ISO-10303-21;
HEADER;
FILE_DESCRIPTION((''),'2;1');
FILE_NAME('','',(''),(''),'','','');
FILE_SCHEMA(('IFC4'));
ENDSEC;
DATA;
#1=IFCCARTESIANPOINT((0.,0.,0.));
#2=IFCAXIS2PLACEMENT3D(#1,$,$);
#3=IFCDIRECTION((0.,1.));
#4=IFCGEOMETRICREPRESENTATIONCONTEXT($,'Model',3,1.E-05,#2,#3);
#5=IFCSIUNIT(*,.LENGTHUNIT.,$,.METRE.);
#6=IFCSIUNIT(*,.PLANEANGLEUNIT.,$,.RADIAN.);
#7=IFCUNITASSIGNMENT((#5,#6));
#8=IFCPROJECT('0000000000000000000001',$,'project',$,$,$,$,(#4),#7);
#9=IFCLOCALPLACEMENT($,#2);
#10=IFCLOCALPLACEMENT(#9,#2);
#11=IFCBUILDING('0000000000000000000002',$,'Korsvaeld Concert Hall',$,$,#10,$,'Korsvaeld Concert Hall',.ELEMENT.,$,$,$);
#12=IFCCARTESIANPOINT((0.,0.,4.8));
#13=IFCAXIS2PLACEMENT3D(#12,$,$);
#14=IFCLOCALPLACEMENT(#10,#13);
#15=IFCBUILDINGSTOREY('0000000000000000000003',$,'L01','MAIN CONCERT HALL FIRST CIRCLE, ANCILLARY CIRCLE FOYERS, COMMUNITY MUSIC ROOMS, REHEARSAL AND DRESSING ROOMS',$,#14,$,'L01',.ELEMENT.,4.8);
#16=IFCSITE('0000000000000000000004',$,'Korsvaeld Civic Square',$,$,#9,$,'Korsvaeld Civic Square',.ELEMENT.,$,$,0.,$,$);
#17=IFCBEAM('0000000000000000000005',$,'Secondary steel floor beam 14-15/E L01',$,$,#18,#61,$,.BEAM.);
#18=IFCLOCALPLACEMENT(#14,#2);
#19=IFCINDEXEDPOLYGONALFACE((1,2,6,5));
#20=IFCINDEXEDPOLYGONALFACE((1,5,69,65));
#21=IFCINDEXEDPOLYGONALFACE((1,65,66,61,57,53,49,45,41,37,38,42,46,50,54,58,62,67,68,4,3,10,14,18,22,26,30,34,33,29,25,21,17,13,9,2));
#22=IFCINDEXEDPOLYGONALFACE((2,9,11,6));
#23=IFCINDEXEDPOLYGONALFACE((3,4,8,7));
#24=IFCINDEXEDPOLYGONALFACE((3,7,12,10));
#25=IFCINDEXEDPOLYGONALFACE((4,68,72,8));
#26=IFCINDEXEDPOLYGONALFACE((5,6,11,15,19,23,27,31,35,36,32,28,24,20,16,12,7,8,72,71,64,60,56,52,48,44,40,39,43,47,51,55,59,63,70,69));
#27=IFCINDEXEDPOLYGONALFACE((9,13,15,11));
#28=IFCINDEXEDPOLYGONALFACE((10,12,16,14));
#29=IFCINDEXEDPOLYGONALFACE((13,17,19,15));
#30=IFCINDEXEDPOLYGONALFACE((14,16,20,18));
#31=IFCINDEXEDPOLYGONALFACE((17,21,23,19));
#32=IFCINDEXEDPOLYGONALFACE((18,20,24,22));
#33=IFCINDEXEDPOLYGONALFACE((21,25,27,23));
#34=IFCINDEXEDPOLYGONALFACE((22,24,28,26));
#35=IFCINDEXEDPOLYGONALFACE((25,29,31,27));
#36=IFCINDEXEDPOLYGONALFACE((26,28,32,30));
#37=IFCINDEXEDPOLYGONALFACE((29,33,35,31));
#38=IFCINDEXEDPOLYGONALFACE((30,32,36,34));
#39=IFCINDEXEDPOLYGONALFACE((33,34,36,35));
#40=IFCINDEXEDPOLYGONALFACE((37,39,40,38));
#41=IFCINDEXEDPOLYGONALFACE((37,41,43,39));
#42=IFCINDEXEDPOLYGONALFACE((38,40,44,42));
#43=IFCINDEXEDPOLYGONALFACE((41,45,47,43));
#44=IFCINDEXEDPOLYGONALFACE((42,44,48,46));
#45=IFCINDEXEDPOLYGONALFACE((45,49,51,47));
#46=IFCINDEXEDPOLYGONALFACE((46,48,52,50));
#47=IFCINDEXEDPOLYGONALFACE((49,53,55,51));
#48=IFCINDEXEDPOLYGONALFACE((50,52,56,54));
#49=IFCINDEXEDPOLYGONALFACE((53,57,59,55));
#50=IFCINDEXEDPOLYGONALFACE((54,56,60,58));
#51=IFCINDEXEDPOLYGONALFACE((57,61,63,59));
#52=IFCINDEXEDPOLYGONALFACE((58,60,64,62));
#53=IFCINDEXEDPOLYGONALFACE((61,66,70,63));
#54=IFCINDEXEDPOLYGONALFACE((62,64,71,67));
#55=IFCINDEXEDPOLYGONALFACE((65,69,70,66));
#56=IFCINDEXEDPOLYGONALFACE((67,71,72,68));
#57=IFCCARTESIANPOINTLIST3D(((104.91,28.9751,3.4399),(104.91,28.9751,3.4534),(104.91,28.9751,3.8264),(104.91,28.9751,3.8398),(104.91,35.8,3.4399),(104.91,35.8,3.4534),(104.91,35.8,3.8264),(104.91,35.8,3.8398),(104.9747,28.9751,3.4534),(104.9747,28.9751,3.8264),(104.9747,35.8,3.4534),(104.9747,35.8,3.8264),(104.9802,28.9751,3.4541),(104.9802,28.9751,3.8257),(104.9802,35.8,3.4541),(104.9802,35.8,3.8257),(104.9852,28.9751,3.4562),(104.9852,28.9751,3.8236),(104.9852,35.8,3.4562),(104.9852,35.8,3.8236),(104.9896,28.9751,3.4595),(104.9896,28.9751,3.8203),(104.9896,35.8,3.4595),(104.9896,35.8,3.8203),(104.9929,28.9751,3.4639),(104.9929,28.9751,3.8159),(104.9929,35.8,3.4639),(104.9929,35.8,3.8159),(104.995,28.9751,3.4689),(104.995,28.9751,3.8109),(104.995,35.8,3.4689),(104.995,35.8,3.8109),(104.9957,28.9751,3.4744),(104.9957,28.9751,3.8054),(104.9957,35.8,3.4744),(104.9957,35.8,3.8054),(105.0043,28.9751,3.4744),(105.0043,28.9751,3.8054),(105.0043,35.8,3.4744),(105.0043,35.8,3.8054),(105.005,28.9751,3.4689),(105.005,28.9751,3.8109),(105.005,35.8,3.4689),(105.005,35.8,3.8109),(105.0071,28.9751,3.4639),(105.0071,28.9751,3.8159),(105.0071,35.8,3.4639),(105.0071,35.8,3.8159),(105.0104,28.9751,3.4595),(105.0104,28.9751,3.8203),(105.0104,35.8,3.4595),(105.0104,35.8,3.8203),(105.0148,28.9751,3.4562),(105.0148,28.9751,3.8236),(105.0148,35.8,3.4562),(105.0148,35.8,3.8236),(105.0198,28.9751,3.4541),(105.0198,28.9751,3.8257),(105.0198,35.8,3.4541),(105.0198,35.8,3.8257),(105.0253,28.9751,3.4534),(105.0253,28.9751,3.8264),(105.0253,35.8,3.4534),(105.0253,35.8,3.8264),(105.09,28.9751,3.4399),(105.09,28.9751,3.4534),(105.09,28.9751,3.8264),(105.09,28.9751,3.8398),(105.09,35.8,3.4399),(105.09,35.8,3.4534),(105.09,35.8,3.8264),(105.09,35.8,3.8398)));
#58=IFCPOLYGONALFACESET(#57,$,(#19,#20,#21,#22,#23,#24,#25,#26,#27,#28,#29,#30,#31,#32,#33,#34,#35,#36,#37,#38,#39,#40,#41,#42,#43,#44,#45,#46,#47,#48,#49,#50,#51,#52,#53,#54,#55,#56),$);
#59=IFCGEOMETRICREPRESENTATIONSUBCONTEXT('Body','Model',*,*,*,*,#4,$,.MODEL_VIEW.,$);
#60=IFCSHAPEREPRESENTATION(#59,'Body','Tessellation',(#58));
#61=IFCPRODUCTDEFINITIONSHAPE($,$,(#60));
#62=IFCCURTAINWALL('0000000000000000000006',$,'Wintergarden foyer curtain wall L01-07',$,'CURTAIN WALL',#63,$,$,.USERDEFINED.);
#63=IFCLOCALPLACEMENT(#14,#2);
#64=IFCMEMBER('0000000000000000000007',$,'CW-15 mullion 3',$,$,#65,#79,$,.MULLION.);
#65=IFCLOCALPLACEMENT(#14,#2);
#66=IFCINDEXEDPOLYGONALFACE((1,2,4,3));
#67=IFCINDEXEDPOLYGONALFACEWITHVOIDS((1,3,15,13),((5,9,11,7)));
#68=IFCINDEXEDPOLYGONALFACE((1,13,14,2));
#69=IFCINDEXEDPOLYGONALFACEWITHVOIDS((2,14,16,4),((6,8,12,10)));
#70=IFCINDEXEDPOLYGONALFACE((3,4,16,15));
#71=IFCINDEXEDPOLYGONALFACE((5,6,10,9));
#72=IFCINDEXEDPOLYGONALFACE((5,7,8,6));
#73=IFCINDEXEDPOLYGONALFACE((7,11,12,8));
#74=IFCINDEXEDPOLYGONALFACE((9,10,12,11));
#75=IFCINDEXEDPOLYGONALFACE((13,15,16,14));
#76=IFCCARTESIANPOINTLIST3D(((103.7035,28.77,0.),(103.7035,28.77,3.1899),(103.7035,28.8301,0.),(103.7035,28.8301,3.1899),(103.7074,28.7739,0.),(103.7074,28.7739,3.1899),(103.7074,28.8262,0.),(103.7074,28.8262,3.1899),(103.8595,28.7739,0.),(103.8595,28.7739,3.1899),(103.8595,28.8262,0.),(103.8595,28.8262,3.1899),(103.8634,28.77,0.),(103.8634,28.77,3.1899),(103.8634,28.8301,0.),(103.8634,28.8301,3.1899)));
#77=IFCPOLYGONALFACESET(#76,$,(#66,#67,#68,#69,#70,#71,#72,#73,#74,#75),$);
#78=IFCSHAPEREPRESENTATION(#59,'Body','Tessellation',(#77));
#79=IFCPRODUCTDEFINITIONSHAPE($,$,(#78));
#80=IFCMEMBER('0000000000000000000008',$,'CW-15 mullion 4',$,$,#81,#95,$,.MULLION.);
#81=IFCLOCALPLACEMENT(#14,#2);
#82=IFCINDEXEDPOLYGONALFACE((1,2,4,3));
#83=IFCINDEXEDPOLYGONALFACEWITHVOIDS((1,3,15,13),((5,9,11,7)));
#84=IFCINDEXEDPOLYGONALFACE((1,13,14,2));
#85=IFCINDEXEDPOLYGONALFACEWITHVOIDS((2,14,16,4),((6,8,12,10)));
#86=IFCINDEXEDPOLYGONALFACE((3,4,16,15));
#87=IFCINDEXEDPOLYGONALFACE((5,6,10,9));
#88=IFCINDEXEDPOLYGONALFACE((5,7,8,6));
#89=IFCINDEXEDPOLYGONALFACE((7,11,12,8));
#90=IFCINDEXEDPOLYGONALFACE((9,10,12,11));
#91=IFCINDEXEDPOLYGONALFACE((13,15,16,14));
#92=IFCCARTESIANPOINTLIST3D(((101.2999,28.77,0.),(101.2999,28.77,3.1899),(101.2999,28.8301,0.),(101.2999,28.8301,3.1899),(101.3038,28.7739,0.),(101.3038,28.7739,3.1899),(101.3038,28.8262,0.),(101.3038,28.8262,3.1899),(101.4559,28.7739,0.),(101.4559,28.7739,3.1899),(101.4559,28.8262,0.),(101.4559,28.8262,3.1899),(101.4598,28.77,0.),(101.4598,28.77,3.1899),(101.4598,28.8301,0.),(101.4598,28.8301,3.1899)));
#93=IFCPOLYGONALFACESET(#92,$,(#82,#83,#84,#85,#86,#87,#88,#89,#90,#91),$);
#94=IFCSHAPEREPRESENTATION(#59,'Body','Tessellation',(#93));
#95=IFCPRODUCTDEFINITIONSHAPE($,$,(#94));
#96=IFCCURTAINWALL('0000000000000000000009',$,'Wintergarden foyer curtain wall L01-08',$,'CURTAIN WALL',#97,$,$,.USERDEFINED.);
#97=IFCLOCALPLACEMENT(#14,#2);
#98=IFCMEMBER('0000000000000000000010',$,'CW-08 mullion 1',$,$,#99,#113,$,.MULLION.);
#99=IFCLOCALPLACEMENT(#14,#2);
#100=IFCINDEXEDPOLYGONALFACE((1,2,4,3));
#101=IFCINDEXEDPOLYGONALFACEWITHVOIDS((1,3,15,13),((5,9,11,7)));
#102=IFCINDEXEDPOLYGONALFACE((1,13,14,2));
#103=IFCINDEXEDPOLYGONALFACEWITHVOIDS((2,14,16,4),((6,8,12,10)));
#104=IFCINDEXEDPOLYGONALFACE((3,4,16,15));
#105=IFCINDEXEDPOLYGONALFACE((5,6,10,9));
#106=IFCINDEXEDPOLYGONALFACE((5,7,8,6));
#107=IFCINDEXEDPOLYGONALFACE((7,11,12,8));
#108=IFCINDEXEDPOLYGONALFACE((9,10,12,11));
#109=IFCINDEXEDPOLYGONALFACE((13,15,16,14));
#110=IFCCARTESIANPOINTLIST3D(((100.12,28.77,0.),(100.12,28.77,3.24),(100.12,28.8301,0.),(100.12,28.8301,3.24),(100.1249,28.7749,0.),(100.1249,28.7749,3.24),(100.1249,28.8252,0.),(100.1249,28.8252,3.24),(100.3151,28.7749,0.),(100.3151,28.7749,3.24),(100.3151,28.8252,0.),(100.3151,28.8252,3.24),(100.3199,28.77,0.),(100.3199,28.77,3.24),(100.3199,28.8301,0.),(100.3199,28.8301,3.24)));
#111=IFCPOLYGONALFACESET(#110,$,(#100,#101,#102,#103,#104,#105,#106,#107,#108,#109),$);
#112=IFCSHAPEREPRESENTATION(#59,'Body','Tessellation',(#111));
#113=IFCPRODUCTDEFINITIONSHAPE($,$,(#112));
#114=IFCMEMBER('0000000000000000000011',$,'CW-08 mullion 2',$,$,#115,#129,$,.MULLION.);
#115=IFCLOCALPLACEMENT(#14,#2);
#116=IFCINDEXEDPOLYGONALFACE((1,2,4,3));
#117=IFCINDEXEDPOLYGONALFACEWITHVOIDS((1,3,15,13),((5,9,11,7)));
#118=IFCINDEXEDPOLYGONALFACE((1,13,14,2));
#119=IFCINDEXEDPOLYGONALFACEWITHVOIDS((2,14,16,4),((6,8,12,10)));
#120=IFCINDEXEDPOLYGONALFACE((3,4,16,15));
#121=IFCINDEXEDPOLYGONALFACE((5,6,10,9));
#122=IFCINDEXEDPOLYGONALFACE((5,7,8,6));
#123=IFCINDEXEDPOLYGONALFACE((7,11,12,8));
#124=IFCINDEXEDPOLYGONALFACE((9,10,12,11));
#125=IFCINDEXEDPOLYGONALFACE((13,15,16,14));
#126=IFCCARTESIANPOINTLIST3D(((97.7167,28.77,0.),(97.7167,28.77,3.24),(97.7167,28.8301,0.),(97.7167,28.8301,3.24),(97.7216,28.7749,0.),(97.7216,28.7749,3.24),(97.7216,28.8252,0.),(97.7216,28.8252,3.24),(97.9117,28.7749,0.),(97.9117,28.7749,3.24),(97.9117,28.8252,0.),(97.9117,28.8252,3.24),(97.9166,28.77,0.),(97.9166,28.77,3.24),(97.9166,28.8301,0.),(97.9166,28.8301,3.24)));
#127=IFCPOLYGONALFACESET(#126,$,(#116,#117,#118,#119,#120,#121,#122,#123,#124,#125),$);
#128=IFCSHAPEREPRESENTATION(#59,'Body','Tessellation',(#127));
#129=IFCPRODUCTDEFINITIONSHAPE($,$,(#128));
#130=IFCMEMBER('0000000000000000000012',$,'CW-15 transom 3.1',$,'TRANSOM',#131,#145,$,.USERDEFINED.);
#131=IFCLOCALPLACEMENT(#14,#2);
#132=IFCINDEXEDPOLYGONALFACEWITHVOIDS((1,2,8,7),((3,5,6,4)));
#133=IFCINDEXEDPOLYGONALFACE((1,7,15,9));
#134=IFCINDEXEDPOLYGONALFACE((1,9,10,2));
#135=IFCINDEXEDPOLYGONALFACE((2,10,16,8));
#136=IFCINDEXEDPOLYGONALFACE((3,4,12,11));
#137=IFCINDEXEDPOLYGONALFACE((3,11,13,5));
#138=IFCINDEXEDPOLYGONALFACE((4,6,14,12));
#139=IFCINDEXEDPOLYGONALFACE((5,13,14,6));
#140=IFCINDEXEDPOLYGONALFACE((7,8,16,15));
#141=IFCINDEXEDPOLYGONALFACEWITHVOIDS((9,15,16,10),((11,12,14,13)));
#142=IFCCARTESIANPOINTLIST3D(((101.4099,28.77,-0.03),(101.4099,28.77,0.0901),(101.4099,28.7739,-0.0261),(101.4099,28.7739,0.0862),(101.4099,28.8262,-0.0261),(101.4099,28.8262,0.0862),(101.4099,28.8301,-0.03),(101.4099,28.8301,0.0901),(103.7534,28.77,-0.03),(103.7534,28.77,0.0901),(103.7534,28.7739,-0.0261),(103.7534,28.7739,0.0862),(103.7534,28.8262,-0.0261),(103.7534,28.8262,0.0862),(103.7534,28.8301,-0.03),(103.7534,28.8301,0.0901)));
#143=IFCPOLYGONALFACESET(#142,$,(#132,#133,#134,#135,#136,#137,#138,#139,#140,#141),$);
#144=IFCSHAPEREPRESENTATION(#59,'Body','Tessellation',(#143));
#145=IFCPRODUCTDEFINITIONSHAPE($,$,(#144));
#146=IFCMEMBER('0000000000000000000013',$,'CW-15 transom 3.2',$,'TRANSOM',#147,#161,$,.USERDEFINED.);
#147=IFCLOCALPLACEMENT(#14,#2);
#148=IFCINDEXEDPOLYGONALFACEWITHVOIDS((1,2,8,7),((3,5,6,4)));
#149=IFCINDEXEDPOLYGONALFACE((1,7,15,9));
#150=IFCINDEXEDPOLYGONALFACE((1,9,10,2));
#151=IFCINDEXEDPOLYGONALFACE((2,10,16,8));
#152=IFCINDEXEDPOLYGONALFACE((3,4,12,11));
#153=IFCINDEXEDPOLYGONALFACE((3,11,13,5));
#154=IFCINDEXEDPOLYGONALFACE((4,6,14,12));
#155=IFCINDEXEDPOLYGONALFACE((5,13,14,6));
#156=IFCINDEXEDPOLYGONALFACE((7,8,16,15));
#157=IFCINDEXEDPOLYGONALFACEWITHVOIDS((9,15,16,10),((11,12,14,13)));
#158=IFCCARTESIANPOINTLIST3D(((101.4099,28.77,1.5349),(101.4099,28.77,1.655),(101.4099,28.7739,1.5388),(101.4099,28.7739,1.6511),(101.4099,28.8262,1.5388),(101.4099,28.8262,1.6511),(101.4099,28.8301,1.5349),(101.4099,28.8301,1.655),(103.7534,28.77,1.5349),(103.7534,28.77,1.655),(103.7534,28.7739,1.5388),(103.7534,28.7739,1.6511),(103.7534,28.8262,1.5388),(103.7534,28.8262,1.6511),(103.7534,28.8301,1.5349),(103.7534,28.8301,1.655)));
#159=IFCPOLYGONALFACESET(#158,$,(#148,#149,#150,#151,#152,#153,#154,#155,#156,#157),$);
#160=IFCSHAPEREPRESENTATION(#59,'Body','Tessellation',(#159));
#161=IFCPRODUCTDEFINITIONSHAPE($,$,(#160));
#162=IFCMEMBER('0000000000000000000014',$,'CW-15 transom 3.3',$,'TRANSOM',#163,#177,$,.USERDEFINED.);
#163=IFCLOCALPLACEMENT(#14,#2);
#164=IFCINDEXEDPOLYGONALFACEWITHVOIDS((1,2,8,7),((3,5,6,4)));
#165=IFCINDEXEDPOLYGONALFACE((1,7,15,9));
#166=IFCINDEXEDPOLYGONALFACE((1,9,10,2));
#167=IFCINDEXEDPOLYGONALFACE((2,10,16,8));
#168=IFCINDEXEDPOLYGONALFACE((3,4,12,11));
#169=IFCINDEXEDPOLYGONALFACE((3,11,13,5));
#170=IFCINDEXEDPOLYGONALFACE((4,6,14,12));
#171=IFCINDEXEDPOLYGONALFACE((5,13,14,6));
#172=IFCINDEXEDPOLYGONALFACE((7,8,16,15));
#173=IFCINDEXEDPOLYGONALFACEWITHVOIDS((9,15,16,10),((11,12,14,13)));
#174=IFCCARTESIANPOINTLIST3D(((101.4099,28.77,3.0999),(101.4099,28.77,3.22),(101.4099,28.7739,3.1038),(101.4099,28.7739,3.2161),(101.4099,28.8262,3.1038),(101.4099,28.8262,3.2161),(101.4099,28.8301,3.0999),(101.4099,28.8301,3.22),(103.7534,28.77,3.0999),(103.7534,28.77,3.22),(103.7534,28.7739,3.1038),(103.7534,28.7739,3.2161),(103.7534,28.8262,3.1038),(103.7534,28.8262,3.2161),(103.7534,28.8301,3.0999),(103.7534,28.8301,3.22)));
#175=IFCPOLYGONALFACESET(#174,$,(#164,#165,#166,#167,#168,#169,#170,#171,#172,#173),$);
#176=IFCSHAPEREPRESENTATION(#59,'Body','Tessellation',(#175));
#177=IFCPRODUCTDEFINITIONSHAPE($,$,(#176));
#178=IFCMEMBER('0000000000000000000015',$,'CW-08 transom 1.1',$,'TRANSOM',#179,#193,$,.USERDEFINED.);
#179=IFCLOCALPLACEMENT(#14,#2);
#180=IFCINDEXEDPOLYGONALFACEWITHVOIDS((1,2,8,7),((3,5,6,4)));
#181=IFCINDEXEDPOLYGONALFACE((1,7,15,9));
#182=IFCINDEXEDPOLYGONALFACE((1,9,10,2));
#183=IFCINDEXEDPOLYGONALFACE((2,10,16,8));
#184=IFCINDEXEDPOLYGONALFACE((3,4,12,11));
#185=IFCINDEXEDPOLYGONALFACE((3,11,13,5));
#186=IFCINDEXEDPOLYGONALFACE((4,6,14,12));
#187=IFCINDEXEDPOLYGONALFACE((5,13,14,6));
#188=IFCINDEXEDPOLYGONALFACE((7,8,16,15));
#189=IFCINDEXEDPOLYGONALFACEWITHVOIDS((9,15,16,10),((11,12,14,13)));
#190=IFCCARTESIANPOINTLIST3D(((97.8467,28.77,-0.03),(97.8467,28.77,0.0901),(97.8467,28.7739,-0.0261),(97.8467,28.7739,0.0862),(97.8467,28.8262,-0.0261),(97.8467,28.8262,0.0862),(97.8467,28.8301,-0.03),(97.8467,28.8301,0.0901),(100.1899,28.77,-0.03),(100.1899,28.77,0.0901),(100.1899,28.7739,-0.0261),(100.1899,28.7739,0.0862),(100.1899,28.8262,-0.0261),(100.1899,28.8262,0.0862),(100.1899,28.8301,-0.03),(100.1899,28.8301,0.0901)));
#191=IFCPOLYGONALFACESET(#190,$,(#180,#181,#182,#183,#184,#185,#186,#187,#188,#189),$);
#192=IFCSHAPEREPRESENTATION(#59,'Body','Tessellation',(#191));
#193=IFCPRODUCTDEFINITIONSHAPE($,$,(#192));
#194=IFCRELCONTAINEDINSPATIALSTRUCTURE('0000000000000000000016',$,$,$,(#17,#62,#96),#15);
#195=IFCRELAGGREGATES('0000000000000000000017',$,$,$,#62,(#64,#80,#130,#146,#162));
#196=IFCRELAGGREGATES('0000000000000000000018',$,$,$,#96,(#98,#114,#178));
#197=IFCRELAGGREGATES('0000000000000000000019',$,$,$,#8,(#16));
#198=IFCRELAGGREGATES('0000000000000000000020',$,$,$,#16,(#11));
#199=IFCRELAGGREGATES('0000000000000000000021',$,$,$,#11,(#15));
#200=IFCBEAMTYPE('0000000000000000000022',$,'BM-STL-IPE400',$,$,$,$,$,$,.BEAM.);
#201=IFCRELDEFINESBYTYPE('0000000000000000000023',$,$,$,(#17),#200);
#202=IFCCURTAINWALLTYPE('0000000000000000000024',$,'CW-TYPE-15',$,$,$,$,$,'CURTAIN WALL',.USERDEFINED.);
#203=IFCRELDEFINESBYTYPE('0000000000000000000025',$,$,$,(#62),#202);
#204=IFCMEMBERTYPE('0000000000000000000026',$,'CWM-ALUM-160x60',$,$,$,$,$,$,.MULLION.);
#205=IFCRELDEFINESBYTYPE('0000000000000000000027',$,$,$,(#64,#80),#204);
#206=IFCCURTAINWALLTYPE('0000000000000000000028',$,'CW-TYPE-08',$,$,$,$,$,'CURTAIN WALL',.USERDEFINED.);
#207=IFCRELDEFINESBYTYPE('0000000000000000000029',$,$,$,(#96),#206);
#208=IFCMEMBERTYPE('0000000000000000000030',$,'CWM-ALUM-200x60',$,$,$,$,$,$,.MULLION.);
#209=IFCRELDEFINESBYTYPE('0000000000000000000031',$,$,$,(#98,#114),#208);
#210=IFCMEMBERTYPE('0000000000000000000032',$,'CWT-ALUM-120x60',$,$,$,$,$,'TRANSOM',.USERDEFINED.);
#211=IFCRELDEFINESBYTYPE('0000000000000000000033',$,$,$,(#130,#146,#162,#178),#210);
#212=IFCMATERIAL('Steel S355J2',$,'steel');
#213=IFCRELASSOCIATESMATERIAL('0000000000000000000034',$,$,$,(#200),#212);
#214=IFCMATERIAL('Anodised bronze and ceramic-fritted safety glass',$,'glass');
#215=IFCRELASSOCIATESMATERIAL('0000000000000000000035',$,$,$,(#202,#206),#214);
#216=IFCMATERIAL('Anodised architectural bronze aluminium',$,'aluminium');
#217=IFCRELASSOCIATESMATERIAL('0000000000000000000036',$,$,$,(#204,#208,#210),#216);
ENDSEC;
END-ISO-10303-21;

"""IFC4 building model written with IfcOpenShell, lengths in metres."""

from ifc_helpers import new_model, si_unit, direction, frame, origin, origin_2d, place, context, subcontext, project, spatial, hollow_rectangle, i_section, extrude, material, material_profile, profile_set, type_object, element, aggregate, save


model = new_model("IFC4")

# Units and contexts
model_context = context("Model", 3, precision=1e-05, world=origin(), true_north=direction((0.0, 1.0)))
body_context = subcontext(model_context, "Body", "Model", "MODEL_VIEW")
ifc_project = project(units=[si_unit("LENGTHUNIT", "METRE"), si_unit("PLANEANGLEUNIT", "RADIAN")], contexts=[model_context])

# Site, building, storey
site_placement = place(None, origin())
site = spatial("IfcSite", under=ifc_project, at=site_placement, Name="Korsvaeld Civic Square", LongName="Korsvaeld Civic Square", CompositionType="ELEMENT", RefElevation=0.0)
building_placement = place(site_placement, origin())
building = spatial("IfcBuilding", under=site, at=building_placement, Name="Korsvaeld Concert Hall", LongName="Korsvaeld Concert Hall", CompositionType="ELEMENT")
storey_placement = place(building_placement, frame((0.0, 0.0, 4.8)))
storey = spatial("IfcBuildingStorey", under=building, at=storey_placement, Name="L01", Description="MAIN CONCERT HALL FIRST CIRCLE, ANCILLARY CIRCLE FOYERS, COMMUNITY MUSIC ROOMS, REHEARSAL AND DRESSING ROOMS", LongName="L01", CompositionType="ELEMENT", Elevation=4.8)

# Beam
ifc_material_1 = material(Name="Steel S355J2", Category="steel")
ifc_material_profile_1 = material_profile(ifc_material_1, i_section(OverallWidth=0.1799, OverallDepth=0.3999, WebThickness=0.0085, FlangeThickness=0.0134, FilletRadius=0.021, at=origin_2d()), Name="IPE 400")
ifc_profile_set_1 = profile_set([ifc_material_profile_1], Name="Steel S355J2")
beam_type_1 = type_object("IfcBeamType", Name="BM-STL-IPE400", PredefinedType="BEAM", material=ifc_profile_set_1)
beam_1_placement = place(storey_placement, frame((105.0, 28.9751, 3.6399), z_axis=(0.0, 1.0, 0.0), x_axis=(-1.0, 0.0, 0.0)))
element("IfcBeam", 1, at=beam_1_placement, inside=storey, type_object=beam_type_1, Name="Secondary steel floor beam 14-15/E L01", PredefinedType="BEAM", context=body_context, shape_type="SweptSolid", body=[
    extrude(i_section(OverallWidth=0.1799, OverallDepth=0.3999, WebThickness=0.0085, FlangeThickness=0.0134, FilletRadius=0.021, at=origin_2d()), origin(), (0.0, 0.0, 1.0), 6.825),
])

# Curtain walls, members
ifc_material_2 = material(Name="Anodised bronze and ceramic-fritted safety glass", Category="glass")
curtain_wall_type_1 = type_object("IfcCurtainWallType", Name="CW-TYPE-15", ElementType="CURTAIN WALL", PredefinedType="USERDEFINED", material=ifc_material_2)
curtain_wall_1_placement = place(storey_placement, origin())
curtain_wall_1 = element("IfcCurtainWall", 2, at=curtain_wall_1_placement, inside=storey, type_object=curtain_wall_type_1, Name="Wintergarden foyer curtain wall L01-07", ObjectType="CURTAIN WALL", PredefinedType="USERDEFINED")
ifc_material_3 = material(Name="Anodised architectural bronze aluminium", Category="aluminium")
ifc_material_profile_2 = material_profile(ifc_material_3, hollow_rectangle(XDim=0.0601, YDim=0.1599, WallThickness=0.0039, at=origin_2d()), Name="CWM 160x60x4")
ifc_profile_set_2 = profile_set([ifc_material_profile_2], Name="Anodised architectural bronze aluminium")
member_type_1 = type_object("IfcMemberType", Name="CWM-ALUM-160x60", PredefinedType="MULLION", material=ifc_profile_set_2)
member_1_placement = place(storey_placement, frame((103.7834, 28.8, 0.0), z_axis=(0.0, 0.0, 1.0), x_axis=(0.0, -1.0, 0.0)))
member_1 = element("IfcMember", 3, at=member_1_placement, type_object=member_type_1, Name="CW-15 mullion 3", PredefinedType="MULLION", context=body_context, shape_type="SweptSolid", body=[
    extrude(hollow_rectangle(XDim=0.0601, YDim=0.1599, WallThickness=0.0039, at=origin_2d()), origin(), (0.0, 0.0, 1.0), 3.1899),
])
member_2_placement = place(storey_placement, frame((101.3799, 28.8, 0.0), z_axis=(0.0, 0.0, 1.0), x_axis=(0.0, -1.0, 0.0)))
member_2 = element("IfcMember", 4, at=member_2_placement, type_object=member_type_1, Name="CW-15 mullion 4", PredefinedType="MULLION", context=body_context, shape_type="SweptSolid", body=[
    extrude(hollow_rectangle(XDim=0.0601, YDim=0.1599, WallThickness=0.0039, at=origin_2d()), origin(), (0.0, 0.0, 1.0), 3.1899),
])
curtain_wall_type_2 = type_object("IfcCurtainWallType", Name="CW-TYPE-08", ElementType="CURTAIN WALL", PredefinedType="USERDEFINED", material=ifc_material_2)
curtain_wall_2_placement = place(storey_placement, origin())
curtain_wall_2 = element("IfcCurtainWall", 5, at=curtain_wall_2_placement, inside=storey, type_object=curtain_wall_type_2, Name="Wintergarden foyer curtain wall L01-08", ObjectType="CURTAIN WALL", PredefinedType="USERDEFINED")
ifc_material_profile_3 = material_profile(ifc_material_3, hollow_rectangle(XDim=0.0601, YDim=0.2, WallThickness=0.0049, at=origin_2d()), Name="CWM 200x60x5")
ifc_profile_set_3 = profile_set([ifc_material_profile_3], Name="Anodised architectural bronze aluminium")
member_type_2 = type_object("IfcMemberType", Name="CWM-ALUM-200x60", PredefinedType="MULLION", material=ifc_profile_set_3)
member_3_placement = place(storey_placement, frame((100.22, 28.8, 0.0), z_axis=(0.0, 0.0, 1.0), x_axis=(0.0, -1.0, 0.0)))
member_3 = element("IfcMember", 6, at=member_3_placement, type_object=member_type_2, Name="CW-08 mullion 1", PredefinedType="MULLION", context=body_context, shape_type="SweptSolid", body=[
    extrude(hollow_rectangle(XDim=0.0601, YDim=0.2, WallThickness=0.0049, at=origin_2d()), origin(), (0.0, 0.0, 1.0), 3.24),
])
member_4_placement = place(storey_placement, frame((97.8167, 28.8, 0.0), z_axis=(0.0, 0.0, 1.0), x_axis=(0.0, -1.0, 0.0)))
member_4 = element("IfcMember", 7, at=member_4_placement, type_object=member_type_2, Name="CW-08 mullion 2", PredefinedType="MULLION", context=body_context, shape_type="SweptSolid", body=[
    extrude(hollow_rectangle(XDim=0.0601, YDim=0.2, WallThickness=0.0049, at=origin_2d()), origin(), (0.0, 0.0, 1.0), 3.24),
])

# Members
ifc_material_profile_4 = material_profile(ifc_material_3, hollow_rectangle(XDim=0.0601, YDim=0.1201, WallThickness=0.0039, at=origin_2d()), Name="CWT 120x60x4")
ifc_profile_set_4 = profile_set([ifc_material_profile_4], Name="Anodised architectural bronze aluminium")
member_type_3 = type_object("IfcMemberType", Name="CWT-ALUM-120x60", ElementType="TRANSOM", PredefinedType="USERDEFINED", material=ifc_profile_set_4)
member_5_placement = place(storey_placement, frame((103.7534, 28.8, 0.03), z_axis=(-1.0, 0.0, 0.0), x_axis=(0.0, -1.0, 0.0)))
member_5 = element("IfcMember", 8, at=member_5_placement, type_object=member_type_3, Name="CW-15 transom 3.1", ObjectType="TRANSOM", PredefinedType="USERDEFINED", context=body_context, shape_type="SweptSolid", body=[
    extrude(hollow_rectangle(XDim=0.0601, YDim=0.1201, WallThickness=0.0039, at=origin_2d()), origin(), (0.0, 0.0, 1.0), 2.3435),
])
member_6_placement = place(storey_placement, frame((103.7534, 28.8, 1.595), z_axis=(-1.0, 0.0, 0.0), x_axis=(0.0, -1.0, 0.0)))
member_6 = element("IfcMember", 9, at=member_6_placement, type_object=member_type_3, Name="CW-15 transom 3.2", ObjectType="TRANSOM", PredefinedType="USERDEFINED", context=body_context, shape_type="SweptSolid", body=[
    extrude(hollow_rectangle(XDim=0.0601, YDim=0.1201, WallThickness=0.0039, at=origin_2d()), origin(), (0.0, 0.0, 1.0), 2.3435),
])
member_7_placement = place(storey_placement, frame((103.7534, 28.8, 3.1599), z_axis=(-1.0, 0.0, 0.0), x_axis=(0.0, -1.0, 0.0)))
member_7 = element("IfcMember", 10, at=member_7_placement, type_object=member_type_3, Name="CW-15 transom 3.3", ObjectType="TRANSOM", PredefinedType="USERDEFINED", context=body_context, shape_type="SweptSolid", body=[
    extrude(hollow_rectangle(XDim=0.0601, YDim=0.1201, WallThickness=0.0039, at=origin_2d()), origin(), (0.0, 0.0, 1.0), 2.3435),
])
member_8_placement = place(storey_placement, frame((100.1899, 28.8, 0.03), z_axis=(-1.0, 0.0, 0.0), x_axis=(0.0, -1.0, 0.0)))
member_8 = element("IfcMember", 11, at=member_8_placement, type_object=member_type_3, Name="CW-08 transom 1.1", ObjectType="TRANSOM", PredefinedType="USERDEFINED", context=body_context, shape_type="SweptSolid", body=[
    extrude(hollow_rectangle(XDim=0.0601, YDim=0.1201, WallThickness=0.0039, at=origin_2d()), origin(), (0.0, 0.0, 1.0), 2.3433),
])

aggregate(curtain_wall_1, [member_1, member_2, member_5, member_6, member_7])
aggregate(curtain_wall_2, [member_3, member_4, member_8])

save(model, "model.ifc")
